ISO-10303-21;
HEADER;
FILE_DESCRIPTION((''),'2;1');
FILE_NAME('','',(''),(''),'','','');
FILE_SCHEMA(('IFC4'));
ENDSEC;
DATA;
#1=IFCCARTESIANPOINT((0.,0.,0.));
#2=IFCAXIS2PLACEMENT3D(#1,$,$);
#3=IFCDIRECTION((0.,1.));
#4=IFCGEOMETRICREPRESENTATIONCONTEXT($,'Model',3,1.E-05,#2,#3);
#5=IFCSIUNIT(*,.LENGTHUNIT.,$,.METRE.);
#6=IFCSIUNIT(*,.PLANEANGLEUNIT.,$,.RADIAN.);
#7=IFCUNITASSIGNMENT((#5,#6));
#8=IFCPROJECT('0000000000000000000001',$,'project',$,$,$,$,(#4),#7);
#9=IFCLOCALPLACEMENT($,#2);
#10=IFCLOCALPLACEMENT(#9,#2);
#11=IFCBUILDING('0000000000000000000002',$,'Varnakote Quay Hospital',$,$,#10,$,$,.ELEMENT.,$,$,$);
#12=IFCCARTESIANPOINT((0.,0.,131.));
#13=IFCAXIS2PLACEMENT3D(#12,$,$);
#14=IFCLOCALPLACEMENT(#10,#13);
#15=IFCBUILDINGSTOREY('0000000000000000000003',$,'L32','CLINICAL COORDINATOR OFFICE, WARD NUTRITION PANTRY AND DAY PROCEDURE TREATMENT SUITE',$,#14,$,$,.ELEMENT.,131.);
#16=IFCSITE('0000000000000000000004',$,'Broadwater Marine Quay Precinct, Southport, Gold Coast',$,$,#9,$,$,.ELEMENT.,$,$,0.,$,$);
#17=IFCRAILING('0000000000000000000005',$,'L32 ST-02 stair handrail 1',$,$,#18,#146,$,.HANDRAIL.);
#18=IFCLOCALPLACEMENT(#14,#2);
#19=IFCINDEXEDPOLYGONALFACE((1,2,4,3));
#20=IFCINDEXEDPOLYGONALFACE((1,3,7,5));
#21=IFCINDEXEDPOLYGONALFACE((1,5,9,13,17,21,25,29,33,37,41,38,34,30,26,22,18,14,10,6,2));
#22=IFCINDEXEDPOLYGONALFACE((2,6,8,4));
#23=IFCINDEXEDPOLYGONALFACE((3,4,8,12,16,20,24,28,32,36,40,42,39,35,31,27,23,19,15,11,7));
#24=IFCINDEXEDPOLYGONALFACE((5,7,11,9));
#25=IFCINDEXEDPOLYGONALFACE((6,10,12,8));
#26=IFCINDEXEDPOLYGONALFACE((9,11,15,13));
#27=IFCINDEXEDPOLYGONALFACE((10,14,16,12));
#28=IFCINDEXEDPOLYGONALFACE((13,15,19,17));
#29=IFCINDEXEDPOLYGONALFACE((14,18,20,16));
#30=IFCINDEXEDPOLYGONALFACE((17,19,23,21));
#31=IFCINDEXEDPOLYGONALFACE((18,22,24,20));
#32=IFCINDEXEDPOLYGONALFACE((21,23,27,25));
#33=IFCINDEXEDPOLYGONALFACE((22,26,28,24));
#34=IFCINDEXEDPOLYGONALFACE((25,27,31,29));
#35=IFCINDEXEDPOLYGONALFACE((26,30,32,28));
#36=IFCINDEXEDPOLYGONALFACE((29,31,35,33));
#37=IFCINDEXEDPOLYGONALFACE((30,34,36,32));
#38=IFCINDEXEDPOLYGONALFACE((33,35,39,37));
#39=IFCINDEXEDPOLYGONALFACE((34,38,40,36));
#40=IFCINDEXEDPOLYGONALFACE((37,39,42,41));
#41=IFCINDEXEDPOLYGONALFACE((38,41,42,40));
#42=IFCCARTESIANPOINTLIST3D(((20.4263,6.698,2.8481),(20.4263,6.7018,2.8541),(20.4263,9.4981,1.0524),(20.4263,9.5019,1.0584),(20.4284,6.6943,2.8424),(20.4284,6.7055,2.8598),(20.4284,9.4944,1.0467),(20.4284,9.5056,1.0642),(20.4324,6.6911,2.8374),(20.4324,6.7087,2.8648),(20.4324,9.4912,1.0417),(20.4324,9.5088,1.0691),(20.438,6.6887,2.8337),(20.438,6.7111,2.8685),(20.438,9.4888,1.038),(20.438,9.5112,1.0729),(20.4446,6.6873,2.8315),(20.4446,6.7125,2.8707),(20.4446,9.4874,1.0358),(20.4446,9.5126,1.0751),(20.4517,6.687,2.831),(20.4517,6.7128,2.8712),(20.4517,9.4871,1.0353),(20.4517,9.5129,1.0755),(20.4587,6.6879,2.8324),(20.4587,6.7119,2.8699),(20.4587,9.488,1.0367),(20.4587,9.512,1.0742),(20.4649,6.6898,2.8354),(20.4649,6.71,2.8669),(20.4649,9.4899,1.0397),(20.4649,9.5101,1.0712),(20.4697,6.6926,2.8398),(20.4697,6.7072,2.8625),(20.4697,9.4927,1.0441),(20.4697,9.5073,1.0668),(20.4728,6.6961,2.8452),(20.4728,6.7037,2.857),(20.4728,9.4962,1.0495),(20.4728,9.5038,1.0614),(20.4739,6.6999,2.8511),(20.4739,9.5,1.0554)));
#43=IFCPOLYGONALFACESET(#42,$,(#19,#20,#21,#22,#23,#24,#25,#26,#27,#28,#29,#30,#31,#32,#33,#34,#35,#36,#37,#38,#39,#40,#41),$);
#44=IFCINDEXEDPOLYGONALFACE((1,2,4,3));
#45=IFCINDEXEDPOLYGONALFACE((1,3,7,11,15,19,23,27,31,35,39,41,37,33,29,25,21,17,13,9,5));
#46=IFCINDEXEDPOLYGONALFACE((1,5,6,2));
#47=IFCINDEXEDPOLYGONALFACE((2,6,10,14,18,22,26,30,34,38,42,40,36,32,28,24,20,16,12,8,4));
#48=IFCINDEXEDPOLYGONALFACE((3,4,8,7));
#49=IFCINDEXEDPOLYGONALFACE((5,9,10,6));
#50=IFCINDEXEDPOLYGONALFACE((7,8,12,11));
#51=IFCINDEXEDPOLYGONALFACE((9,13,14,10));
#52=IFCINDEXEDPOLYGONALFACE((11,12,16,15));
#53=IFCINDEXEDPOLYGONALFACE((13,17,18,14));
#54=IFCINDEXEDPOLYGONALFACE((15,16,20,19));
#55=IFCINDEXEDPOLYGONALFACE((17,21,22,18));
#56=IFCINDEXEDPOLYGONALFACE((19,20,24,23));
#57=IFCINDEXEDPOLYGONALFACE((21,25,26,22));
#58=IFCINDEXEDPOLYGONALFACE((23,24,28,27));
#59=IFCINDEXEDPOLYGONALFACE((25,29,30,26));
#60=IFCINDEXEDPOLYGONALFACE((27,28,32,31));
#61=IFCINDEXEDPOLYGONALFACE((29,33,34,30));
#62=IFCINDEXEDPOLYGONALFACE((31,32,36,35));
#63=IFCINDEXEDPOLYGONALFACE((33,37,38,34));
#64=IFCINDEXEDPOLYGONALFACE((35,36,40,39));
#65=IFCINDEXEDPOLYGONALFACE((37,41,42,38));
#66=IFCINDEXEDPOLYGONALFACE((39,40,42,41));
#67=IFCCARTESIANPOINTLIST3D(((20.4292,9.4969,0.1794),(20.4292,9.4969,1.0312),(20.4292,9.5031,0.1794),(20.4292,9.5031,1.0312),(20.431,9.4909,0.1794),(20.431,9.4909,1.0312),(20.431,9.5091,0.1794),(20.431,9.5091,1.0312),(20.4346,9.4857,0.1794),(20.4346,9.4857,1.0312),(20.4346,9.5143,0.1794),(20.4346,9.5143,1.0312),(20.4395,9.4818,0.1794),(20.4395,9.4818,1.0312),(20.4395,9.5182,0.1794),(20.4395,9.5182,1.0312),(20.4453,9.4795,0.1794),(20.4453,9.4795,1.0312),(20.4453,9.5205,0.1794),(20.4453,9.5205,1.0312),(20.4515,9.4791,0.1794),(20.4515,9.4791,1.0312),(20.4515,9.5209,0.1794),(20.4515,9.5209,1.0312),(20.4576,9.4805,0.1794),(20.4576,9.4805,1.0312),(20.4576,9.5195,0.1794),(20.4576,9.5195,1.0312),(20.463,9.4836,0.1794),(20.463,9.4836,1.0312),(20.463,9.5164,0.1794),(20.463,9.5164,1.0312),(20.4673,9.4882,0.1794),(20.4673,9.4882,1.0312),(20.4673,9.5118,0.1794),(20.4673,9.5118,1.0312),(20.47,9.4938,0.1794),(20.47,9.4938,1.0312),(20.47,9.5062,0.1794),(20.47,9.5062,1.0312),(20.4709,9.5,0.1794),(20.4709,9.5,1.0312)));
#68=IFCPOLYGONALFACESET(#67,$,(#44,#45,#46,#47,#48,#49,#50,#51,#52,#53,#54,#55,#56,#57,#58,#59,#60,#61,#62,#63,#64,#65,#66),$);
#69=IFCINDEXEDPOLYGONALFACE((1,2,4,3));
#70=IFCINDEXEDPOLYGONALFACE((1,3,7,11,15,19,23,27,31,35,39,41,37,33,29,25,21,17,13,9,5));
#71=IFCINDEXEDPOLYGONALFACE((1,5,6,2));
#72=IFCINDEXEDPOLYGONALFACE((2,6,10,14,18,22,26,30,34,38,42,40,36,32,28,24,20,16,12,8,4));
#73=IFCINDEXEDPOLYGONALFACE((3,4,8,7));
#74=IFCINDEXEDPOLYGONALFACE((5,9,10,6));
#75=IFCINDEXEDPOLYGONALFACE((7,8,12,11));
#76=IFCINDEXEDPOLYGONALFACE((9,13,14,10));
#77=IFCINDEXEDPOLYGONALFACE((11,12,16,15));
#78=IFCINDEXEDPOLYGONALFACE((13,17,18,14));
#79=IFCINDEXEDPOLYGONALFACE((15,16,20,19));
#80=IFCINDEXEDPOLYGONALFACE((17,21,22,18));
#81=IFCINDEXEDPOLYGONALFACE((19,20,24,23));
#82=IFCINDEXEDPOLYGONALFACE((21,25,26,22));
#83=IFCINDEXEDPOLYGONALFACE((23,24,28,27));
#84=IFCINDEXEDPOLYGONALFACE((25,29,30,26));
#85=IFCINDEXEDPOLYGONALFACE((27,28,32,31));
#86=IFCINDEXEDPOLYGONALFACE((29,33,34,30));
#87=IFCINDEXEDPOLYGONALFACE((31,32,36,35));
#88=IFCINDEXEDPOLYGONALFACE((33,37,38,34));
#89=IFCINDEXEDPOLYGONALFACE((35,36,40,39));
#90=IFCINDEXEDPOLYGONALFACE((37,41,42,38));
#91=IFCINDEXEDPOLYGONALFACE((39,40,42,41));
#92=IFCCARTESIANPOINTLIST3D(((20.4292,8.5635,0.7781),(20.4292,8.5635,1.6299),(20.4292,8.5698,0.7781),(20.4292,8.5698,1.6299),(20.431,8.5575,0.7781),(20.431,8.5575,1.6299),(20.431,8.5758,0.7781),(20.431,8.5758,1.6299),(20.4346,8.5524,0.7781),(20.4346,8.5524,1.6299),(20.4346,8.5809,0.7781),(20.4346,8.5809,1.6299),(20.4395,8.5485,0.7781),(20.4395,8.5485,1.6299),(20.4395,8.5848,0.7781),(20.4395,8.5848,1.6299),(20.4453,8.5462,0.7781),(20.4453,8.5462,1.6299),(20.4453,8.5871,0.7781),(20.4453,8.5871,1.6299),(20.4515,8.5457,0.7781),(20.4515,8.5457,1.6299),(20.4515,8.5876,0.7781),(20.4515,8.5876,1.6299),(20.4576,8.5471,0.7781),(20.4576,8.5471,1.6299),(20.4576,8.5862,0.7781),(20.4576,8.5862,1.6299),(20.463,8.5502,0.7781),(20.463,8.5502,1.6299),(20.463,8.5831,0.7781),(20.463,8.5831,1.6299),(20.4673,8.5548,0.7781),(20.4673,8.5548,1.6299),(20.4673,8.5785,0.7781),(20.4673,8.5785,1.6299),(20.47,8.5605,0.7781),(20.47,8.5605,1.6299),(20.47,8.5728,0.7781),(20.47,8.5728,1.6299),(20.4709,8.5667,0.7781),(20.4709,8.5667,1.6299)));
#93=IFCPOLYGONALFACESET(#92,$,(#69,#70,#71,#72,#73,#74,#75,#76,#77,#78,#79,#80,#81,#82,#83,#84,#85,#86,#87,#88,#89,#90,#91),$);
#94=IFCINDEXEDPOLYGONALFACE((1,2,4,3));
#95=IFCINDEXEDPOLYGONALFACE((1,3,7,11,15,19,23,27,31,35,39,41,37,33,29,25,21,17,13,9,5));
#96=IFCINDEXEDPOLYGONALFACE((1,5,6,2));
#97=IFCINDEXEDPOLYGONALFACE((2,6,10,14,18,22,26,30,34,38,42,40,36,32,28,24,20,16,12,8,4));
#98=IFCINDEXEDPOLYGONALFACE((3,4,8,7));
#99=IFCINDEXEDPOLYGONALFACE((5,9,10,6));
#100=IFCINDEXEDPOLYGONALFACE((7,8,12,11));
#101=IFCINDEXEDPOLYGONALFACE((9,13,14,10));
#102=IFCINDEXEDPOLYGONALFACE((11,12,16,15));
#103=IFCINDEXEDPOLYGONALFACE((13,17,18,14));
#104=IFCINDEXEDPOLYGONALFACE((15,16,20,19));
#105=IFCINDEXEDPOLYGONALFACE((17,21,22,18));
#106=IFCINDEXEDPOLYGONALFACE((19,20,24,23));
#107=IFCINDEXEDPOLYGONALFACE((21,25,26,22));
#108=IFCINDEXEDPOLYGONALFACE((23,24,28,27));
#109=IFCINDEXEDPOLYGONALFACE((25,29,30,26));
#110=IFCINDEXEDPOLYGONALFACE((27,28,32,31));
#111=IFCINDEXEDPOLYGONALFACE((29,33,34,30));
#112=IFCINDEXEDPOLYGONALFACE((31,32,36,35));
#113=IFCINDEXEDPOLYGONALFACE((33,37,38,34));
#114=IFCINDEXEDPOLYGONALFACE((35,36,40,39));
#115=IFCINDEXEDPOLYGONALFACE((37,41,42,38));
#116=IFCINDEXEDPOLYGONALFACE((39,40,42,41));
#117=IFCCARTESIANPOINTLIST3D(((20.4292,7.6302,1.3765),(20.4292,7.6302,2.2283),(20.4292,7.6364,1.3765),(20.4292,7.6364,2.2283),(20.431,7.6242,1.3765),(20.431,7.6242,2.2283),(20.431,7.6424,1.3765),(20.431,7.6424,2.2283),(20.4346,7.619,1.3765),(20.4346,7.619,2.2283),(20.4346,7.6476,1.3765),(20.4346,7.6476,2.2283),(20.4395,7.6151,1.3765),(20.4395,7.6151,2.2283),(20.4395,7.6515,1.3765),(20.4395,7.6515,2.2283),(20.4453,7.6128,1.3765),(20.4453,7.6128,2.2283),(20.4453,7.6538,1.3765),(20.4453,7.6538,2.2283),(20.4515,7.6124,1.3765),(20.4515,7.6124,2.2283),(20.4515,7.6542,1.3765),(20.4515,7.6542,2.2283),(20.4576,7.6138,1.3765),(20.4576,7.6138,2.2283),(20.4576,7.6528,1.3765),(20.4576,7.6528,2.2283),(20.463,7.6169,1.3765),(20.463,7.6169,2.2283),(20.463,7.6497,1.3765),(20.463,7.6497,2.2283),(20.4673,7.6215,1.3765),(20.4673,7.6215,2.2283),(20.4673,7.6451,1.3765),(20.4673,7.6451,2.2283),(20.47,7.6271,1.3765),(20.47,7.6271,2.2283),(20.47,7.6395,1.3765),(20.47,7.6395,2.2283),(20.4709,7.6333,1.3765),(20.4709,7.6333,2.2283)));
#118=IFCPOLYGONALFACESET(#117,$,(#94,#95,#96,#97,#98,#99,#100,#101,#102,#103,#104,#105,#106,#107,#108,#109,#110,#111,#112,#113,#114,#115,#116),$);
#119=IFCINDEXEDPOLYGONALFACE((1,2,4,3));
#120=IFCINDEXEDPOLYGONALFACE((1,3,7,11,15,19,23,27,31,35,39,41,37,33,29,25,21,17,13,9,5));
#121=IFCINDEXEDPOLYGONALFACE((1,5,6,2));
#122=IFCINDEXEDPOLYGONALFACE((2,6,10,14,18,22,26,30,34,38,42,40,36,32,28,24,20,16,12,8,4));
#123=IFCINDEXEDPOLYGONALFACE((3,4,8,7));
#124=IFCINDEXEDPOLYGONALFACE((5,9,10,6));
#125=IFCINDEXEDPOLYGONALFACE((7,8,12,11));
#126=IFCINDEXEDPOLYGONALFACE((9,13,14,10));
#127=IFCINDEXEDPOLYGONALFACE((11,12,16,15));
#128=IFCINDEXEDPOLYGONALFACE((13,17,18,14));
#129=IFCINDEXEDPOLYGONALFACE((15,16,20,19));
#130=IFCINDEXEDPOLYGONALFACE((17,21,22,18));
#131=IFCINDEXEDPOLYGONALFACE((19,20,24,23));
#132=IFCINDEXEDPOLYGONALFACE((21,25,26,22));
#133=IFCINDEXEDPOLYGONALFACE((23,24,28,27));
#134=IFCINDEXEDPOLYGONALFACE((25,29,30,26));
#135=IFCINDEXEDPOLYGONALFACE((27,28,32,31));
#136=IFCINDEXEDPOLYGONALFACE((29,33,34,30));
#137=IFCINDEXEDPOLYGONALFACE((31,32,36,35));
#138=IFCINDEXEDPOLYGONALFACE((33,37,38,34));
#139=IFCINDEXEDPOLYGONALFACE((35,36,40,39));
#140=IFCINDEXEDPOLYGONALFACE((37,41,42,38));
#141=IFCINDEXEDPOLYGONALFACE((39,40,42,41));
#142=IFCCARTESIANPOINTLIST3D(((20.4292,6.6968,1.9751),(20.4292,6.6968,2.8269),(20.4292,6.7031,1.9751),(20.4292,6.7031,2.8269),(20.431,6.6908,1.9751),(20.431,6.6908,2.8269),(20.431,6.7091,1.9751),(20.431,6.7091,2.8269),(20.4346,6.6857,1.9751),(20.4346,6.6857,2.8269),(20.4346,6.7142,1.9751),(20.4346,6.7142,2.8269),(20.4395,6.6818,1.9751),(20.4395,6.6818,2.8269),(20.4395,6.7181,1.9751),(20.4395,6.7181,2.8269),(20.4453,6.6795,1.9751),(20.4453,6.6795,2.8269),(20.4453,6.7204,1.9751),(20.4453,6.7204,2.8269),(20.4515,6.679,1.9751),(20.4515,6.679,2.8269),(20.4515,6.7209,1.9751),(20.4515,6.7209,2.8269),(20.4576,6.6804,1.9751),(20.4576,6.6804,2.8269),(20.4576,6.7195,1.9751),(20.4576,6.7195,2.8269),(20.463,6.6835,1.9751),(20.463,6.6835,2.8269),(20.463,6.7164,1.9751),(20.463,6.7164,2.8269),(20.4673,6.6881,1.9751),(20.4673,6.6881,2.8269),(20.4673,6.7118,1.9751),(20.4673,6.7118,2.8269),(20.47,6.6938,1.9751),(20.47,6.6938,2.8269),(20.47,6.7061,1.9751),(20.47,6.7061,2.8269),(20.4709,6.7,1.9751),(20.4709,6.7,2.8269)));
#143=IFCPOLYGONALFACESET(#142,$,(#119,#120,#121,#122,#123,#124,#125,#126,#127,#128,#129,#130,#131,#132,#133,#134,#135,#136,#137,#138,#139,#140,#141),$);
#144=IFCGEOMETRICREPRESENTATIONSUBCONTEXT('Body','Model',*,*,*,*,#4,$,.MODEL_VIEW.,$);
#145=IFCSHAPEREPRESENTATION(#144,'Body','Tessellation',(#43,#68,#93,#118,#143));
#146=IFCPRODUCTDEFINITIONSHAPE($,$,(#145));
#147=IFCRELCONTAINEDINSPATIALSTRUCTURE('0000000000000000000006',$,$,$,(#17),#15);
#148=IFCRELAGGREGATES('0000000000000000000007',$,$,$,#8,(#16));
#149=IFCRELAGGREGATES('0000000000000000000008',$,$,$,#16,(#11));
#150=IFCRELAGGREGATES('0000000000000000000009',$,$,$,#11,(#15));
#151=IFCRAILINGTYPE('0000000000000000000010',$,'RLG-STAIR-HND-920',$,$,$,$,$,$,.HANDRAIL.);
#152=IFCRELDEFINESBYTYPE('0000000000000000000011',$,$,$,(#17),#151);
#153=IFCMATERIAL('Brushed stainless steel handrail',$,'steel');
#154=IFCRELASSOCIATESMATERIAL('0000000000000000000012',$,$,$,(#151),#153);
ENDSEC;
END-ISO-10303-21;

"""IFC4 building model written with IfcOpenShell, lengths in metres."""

from ifc_helpers import new_model, si_unit, direction, frame, origin, origin_2d, place, context, subcontext, project, spatial, circle, extrude, material, type_object, element, save


model = new_model("IFC4")

# Units and contexts
model_context = context("Model", 3, precision=1e-05, world=origin(), true_north=direction((0.0, 1.0)))
body_context = subcontext(model_context, "Body", "Model", "MODEL_VIEW")
ifc_project = project(units=[si_unit("LENGTHUNIT", "METRE"), si_unit("PLANEANGLEUNIT", "RADIAN")], contexts=[model_context])

# Site, building, storey
site_placement = place(None, origin())
site = spatial("IfcSite", under=ifc_project, at=site_placement, Name="Broadwater Marine Quay Precinct, Southport, Gold Coast", CompositionType="ELEMENT", RefElevation=0.0)
building_placement = place(site_placement, origin())
building = spatial("IfcBuilding", under=site, at=building_placement, Name="Varnakote Quay Hospital", CompositionType="ELEMENT")
storey_placement = place(building_placement, frame((0.0, 0.0, 131.0)))
storey = spatial("IfcBuildingStorey", under=building, at=storey_placement, Name="L32", Description="CLINICAL COORDINATOR OFFICE, WARD NUTRITION PANTRY AND DAY PROCEDURE TREATMENT SUITE", CompositionType="ELEMENT", Elevation=131.0)

# Railing
ifc_material_1 = material(Name="Brushed stainless steel handrail", Category="steel")
railing_type_1 = type_object("IfcRailingType", Name="RLG-STAIR-HND-920", PredefinedType="HANDRAIL", material=ifc_material_1)
railing_1_placement = place(storey_placement, frame((20.45, 9.5, 0.1794)))
element("IfcRailing", 1, at=railing_1_placement, inside=storey, type_object=railing_type_1, Name="L32 ST-02 stair handrail 1", PredefinedType="HANDRAIL", context=body_context, shape_type="SweptSolid", body=[
    extrude(circle(Radius=0.0239, at=origin_2d()), frame((0.0, 0.0, 0.876), z_axis=(0.0, -0.841777, 0.539826), x_axis=(1.0, 0.0, 0.0)), (0.0, 0.0, 1.0), 3.3264),
    extrude(circle(Radius=0.021, at=origin_2d()), origin(), (0.0, 0.0, 1.0), 0.8518),
    extrude(circle(Radius=0.021, at=origin_2d()), frame((0.0, -0.9333, 0.5986)), (0.0, 0.0, 1.0), 0.8518),
    extrude(circle(Radius=0.021, at=origin_2d()), frame((0.0, -1.8667, 1.197)), (0.0, 0.0, 1.0), 0.8518),
    extrude(circle(Radius=0.021, at=origin_2d()), frame((0.0, -2.8, 1.7957)), (0.0, 0.0, 1.0), 0.8518),
])

save(model, "model.ifc")
